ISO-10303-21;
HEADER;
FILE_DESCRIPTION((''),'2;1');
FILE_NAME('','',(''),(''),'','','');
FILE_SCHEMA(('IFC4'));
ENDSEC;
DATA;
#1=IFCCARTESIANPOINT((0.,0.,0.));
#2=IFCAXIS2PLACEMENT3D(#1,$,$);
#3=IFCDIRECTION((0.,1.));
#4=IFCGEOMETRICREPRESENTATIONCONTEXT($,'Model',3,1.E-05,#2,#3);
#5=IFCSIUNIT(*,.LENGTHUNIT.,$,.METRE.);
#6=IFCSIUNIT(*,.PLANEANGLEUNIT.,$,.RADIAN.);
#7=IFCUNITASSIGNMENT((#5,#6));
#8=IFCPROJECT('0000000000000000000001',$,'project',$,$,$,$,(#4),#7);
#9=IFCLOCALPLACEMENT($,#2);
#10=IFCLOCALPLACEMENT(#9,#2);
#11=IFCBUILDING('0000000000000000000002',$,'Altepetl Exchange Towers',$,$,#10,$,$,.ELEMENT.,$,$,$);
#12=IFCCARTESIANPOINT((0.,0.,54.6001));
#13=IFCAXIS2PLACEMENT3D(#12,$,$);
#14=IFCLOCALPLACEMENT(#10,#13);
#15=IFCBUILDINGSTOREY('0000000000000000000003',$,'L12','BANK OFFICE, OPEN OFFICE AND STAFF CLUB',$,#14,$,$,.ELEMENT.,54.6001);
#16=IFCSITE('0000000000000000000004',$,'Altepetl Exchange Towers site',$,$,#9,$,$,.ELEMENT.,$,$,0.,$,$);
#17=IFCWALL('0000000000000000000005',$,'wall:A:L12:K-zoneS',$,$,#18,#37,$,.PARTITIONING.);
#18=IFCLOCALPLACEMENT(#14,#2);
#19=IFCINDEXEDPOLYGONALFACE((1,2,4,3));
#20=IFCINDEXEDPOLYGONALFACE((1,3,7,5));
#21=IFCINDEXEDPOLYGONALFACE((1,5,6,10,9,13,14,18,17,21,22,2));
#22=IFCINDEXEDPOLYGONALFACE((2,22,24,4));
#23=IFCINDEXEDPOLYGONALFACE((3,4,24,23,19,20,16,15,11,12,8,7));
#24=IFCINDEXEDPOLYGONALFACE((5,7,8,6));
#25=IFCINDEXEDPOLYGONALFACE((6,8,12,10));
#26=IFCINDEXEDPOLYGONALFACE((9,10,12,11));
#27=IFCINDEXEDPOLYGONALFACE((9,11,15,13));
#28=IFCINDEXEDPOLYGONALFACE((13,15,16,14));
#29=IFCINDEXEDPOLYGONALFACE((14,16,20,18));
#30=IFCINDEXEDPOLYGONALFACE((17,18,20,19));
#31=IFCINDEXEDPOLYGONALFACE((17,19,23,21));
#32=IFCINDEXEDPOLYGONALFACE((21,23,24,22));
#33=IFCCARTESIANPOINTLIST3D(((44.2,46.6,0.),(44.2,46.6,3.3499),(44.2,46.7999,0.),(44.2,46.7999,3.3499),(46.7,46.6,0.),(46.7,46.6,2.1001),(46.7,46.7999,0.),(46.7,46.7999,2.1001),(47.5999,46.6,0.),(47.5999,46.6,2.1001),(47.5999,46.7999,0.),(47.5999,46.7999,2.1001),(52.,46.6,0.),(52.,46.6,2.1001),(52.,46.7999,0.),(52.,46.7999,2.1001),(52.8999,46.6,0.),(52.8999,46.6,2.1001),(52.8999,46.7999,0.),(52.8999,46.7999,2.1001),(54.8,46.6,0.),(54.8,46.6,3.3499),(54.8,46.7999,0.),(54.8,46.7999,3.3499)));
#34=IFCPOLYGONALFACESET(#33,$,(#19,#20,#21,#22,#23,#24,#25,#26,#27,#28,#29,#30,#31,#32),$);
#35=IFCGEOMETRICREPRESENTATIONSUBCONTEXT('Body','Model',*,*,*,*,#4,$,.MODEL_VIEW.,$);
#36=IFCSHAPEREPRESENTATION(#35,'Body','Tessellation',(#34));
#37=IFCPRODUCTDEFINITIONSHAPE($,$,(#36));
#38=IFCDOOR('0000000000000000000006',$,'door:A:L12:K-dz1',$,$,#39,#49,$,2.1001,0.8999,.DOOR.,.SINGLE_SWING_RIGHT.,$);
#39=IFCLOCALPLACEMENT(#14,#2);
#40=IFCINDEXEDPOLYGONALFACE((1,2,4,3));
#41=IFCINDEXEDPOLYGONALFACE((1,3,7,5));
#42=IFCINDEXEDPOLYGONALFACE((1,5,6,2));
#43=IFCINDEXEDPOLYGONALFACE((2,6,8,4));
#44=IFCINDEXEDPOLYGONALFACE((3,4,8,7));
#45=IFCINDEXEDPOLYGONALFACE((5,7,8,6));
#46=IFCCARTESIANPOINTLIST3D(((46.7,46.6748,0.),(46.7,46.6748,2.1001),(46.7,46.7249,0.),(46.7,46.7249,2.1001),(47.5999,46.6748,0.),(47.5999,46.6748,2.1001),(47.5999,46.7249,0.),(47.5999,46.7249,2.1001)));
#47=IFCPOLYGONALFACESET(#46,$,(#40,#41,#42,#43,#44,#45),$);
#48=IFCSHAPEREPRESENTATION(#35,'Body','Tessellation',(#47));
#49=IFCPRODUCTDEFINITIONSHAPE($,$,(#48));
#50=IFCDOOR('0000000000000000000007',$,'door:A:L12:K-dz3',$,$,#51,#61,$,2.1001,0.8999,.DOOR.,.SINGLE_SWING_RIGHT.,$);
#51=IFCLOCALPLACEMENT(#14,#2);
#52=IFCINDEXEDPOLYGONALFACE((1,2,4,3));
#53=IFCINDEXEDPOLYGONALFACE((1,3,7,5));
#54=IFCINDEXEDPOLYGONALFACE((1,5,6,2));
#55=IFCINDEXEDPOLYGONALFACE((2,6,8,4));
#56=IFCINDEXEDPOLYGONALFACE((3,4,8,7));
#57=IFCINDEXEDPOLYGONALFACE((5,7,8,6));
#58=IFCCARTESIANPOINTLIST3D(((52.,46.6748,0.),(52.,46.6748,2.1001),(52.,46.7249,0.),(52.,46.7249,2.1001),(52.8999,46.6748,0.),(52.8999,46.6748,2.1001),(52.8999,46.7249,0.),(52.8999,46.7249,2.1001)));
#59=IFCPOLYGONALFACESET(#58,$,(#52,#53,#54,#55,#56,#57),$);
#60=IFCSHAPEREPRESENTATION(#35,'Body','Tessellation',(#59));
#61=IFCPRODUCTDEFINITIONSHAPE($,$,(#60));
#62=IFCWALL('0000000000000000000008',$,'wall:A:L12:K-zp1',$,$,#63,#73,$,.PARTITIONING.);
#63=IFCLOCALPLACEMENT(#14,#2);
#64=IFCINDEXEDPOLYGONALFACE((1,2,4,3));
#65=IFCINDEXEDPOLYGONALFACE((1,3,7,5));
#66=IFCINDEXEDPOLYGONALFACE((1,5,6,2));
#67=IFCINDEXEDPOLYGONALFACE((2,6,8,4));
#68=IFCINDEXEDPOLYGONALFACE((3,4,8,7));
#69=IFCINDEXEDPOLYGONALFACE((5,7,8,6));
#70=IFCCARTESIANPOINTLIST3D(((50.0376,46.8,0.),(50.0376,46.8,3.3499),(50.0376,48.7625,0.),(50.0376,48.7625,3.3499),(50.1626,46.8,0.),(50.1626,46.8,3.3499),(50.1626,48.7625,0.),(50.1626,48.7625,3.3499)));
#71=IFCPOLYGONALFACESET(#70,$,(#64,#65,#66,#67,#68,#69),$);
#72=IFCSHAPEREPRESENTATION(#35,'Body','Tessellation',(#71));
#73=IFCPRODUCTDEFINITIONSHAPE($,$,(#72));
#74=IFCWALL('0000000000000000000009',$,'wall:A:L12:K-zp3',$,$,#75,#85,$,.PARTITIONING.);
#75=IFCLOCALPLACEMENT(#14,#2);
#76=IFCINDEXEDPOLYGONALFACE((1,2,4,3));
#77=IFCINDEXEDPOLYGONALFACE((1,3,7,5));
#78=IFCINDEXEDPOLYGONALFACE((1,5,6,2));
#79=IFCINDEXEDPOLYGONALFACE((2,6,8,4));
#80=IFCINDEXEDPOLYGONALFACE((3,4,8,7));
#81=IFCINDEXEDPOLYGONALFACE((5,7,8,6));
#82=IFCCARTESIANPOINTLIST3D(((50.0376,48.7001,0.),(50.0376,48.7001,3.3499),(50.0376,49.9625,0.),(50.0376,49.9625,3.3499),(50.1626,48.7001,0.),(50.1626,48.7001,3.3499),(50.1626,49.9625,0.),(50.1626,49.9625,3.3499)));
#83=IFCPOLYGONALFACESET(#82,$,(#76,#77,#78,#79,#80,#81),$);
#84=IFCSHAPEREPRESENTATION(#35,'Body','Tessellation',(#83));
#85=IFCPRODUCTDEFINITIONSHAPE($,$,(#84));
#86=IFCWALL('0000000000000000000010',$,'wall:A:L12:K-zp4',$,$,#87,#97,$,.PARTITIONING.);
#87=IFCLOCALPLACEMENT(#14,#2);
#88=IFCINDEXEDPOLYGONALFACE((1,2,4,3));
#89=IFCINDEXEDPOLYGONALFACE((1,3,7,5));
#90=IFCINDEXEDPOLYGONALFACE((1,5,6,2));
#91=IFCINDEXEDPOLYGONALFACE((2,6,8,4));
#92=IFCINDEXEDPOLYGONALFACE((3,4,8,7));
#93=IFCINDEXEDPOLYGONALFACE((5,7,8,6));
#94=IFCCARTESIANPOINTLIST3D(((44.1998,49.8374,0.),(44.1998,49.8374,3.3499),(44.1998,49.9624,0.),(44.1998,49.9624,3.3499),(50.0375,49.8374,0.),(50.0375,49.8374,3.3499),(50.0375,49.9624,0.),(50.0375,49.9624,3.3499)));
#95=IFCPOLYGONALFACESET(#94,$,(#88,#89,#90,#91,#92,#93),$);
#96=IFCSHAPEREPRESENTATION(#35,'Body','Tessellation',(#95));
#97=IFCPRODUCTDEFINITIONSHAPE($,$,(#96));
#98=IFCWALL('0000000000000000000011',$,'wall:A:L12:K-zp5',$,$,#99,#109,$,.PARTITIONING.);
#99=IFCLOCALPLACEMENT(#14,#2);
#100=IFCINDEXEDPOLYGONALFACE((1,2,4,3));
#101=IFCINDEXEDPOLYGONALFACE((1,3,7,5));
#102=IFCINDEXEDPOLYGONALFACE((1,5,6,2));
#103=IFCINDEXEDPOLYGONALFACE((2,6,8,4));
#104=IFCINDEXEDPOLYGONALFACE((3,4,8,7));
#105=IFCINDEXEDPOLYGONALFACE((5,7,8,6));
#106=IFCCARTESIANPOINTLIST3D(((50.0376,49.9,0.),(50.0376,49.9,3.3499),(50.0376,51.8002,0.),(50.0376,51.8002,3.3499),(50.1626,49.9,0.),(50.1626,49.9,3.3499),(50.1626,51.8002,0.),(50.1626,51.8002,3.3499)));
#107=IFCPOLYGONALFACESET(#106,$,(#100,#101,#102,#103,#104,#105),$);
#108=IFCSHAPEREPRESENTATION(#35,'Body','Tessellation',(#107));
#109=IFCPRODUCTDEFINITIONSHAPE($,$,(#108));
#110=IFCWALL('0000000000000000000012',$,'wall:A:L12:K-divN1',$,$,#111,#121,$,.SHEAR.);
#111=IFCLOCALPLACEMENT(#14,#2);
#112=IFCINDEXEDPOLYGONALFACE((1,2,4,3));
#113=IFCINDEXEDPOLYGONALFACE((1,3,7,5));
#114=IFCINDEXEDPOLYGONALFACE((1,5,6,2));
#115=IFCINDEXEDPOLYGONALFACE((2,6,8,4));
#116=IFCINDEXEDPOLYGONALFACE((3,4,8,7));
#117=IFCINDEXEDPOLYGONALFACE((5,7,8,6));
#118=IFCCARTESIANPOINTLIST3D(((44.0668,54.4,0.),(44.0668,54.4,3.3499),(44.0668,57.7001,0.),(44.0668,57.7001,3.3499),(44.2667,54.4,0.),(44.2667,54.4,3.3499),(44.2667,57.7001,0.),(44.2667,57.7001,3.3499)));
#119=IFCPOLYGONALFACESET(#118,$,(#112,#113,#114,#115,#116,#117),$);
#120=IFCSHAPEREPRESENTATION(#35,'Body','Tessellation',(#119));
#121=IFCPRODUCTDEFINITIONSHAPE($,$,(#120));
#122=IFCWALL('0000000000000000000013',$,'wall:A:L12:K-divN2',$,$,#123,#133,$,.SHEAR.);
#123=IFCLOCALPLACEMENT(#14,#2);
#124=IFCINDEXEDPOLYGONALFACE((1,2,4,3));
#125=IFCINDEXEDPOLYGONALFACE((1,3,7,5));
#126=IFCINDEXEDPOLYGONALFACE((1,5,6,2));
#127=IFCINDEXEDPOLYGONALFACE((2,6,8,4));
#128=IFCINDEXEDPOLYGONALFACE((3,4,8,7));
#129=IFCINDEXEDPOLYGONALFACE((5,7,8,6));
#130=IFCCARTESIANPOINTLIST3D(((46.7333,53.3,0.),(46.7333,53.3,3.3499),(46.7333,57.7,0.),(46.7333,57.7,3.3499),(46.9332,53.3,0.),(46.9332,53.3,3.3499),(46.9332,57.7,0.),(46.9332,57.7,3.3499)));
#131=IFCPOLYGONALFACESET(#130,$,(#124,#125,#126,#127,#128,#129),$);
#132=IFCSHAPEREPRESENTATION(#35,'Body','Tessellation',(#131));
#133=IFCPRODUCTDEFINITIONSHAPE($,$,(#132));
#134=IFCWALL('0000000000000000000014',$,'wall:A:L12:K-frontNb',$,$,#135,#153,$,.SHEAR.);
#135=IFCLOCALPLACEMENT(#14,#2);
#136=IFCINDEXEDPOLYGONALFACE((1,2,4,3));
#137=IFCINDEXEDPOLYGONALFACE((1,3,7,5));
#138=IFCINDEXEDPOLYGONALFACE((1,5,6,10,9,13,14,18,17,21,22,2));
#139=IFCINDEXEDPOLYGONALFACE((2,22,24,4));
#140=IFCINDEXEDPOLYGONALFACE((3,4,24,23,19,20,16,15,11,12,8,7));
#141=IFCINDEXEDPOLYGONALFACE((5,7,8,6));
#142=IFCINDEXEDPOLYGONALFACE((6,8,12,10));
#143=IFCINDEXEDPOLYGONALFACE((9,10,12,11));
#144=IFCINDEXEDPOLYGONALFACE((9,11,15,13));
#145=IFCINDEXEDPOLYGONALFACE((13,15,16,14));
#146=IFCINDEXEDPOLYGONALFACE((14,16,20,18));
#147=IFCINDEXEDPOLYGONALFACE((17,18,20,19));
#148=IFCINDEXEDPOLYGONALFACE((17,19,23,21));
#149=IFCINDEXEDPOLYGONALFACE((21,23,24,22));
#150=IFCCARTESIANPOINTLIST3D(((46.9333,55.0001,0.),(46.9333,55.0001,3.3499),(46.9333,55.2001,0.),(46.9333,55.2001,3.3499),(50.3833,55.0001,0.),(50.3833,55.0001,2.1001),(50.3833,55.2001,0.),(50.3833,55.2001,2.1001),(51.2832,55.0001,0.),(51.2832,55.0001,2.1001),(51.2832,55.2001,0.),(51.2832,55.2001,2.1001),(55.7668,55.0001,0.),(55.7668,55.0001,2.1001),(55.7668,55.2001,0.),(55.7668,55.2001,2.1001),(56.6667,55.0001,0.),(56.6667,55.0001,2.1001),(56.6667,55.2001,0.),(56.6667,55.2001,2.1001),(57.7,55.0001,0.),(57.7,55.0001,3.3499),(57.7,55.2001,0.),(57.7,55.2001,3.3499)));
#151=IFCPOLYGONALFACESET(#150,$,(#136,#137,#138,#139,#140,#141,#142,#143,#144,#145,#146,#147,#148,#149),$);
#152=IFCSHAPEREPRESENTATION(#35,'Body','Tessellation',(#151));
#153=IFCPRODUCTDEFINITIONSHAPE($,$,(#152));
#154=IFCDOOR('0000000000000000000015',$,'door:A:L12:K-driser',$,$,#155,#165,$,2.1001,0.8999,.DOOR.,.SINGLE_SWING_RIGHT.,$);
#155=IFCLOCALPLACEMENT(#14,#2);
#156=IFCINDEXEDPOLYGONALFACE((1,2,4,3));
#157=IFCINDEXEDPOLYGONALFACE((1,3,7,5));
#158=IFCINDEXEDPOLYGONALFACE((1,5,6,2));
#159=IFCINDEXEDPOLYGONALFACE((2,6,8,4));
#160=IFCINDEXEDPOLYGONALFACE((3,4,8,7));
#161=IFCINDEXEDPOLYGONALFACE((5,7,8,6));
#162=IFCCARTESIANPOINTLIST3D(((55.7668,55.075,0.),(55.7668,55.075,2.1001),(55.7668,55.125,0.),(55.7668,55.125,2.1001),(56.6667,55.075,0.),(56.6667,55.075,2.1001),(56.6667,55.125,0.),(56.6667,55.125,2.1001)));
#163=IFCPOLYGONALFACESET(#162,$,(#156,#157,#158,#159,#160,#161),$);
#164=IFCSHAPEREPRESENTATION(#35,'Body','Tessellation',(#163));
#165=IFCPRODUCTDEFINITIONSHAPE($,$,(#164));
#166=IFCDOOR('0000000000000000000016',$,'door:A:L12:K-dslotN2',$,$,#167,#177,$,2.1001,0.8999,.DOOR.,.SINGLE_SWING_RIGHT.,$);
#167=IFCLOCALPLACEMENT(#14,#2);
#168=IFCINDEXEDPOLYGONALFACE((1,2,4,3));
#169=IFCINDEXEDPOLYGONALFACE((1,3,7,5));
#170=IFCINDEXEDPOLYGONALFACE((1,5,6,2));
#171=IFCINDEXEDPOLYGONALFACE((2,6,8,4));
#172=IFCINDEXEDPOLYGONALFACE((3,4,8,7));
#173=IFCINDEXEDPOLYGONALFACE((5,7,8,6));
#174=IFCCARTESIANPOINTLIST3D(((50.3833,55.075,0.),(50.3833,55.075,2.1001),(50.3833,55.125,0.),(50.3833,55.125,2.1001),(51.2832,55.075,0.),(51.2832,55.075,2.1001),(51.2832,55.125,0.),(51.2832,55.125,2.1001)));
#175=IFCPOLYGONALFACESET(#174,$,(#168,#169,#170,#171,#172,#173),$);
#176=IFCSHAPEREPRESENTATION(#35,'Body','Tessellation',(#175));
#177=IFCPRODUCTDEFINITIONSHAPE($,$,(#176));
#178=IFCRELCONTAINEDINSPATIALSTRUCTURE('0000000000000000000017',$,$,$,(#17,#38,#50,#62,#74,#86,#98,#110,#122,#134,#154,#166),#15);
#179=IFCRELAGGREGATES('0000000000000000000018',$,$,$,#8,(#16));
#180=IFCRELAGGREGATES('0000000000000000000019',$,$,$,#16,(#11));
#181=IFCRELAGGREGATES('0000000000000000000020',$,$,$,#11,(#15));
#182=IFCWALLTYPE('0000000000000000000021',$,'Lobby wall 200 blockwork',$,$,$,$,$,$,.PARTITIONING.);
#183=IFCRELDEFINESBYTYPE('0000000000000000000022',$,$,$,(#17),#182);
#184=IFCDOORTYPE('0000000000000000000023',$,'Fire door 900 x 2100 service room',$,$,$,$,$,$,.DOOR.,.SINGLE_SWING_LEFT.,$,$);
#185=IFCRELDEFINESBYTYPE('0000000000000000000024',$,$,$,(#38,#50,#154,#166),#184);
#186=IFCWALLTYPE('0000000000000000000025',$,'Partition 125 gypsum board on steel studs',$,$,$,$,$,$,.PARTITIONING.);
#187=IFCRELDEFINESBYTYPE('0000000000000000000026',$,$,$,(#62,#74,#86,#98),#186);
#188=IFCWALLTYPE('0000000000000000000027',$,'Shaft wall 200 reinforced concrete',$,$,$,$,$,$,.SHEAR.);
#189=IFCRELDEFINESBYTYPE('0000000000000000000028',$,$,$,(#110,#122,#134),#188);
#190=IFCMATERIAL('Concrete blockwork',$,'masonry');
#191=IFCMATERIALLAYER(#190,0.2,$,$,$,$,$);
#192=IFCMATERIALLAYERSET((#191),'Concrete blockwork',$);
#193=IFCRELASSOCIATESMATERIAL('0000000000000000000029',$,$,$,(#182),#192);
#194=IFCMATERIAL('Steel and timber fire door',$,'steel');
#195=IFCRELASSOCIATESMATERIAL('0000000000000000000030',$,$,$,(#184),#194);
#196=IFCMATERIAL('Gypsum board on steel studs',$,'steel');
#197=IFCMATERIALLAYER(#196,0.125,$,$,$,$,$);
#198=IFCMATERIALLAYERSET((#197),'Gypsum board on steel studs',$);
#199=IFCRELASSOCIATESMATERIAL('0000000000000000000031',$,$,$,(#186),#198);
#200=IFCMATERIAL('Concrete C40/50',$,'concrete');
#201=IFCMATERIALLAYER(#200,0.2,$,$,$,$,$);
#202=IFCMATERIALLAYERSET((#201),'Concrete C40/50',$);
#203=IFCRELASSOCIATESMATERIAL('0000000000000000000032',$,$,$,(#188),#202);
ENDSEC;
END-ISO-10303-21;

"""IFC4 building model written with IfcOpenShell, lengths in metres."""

from ifc_helpers import new_model, si_unit, direction, frame, frame_2d, origin, place, context, subcontext, project, spatial, rectangle, extrude, material, layer, layer_set, type_object, element, fill, save


model = new_model("IFC4")

# Units and contexts
model_context = context("Model", 3, precision=1e-05, world=origin(), true_north=direction((0.0, 1.0)))
body_context = subcontext(model_context, "Body", "Model", "MODEL_VIEW")
ifc_project = project(units=[si_unit("LENGTHUNIT", "METRE"), si_unit("PLANEANGLEUNIT", "RADIAN")], contexts=[model_context])

# Site, building, storey
site_placement = place(None, origin())
site = spatial("IfcSite", under=ifc_project, at=site_placement, Name="Altepetl Exchange Towers site", CompositionType="ELEMENT", RefElevation=0.0)
building_placement = place(site_placement, origin())
building = spatial("IfcBuilding", under=site, at=building_placement, Name="Altepetl Exchange Towers", CompositionType="ELEMENT")
storey_placement = place(building_placement, frame((0.0, 0.0, 54.6001)))
storey = spatial("IfcBuildingStorey", under=building, at=storey_placement, Name="L12", Description="BANK OFFICE, OPEN OFFICE AND STAFF CLUB", CompositionType="ELEMENT", Elevation=54.6001)

# Shared definitions
ifc_material_1 = material(Name="Concrete blockwork", Category="masonry")
ifc_layer_1 = layer(ifc_material_1, 0.2)
ifc_layer_set_1 = layer_set([ifc_layer_1], Name="Concrete blockwork")
wall_type_1 = type_object("IfcWallType", Name="Lobby wall 200 blockwork", PredefinedType="PARTITIONING", material=ifc_layer_set_1)

# Shared definitions
ifc_material_2 = material(Name="Steel and timber fire door", Category="steel")

# Wall, openings, doors
door_type_1 = type_object("IfcDoorType", Name="Fire door 900 x 2100 service room", OperationType="SINGLE_SWING_LEFT", PredefinedType="DOOR", material=ifc_material_2)
wall_1_placement = place(storey_placement, frame((44.2, 46.7, 0.0)))
wall_1 = element("IfcWall", 1, at=wall_1_placement, inside=storey, type_object=wall_type_1, Name="wall:A:L12:K-zoneS", PredefinedType="PARTITIONING", context=body_context, shape_type="SweptSolid", body=[
    extrude(rectangle(XDim=10.6001, YDim=0.2, at=frame_2d((5.3, 0.0))), origin(), (0.0, 0.0, 1.0), 3.3499),
])
opening_1_placement = place(wall_1_placement, frame((2.5, 0.0, 0.0)))
opening_1 = element("IfcOpeningElement", 2, at=opening_1_placement, cuts=wall_1, PredefinedType="OPENING", context=body_context, shape_type="SweptSolid", body=[
    extrude(rectangle(XDim=0.8999, YDim=2.1001, at=frame_2d((0.45, 1.05))), frame((0.0, 0.1099, 0.0), z_axis=(0.0, -1.0, 0.0), x_axis=(1.0, 0.0, 0.0)), (0.0, 0.0, 1.0), 0.22),
])
opening_2_placement = place(wall_1_placement, frame((7.8, 0.0, 0.0)))
opening_2 = element("IfcOpeningElement", 3, at=opening_2_placement, cuts=wall_1, PredefinedType="OPENING", context=body_context, shape_type="SweptSolid", body=[
    extrude(rectangle(XDim=0.8999, YDim=2.1001, at=frame_2d((0.45, 1.05))), frame((0.0, 0.1099, 0.0), z_axis=(0.0, -1.0, 0.0), x_axis=(1.0, 0.0, 0.0)), (0.0, 0.0, 1.0), 0.22),
])
door_1_placement = place(opening_1_placement, origin())
door_1 = element("IfcDoor", 4, at=door_1_placement, inside=storey, type_object=door_type_1, Name="door:A:L12:K-dz1", OperationType="SINGLE_SWING_RIGHT", OverallHeight=2.1001, OverallWidth=0.8999, PredefinedType="DOOR", context=body_context, shape_type="SweptSolid", body=[
    extrude(rectangle(XDim=0.8999, YDim=2.1001, at=frame_2d((0.45, 1.05))), frame((0.0, 0.0249, 0.0), z_axis=(0.0, -1.0, 0.0), x_axis=(1.0, 0.0, 0.0)), (0.0, 0.0, 1.0), 0.05),
])
fill(opening_1, door_1)
door_2_placement = place(opening_2_placement, origin())
door_2 = element("IfcDoor", 5, at=door_2_placement, inside=storey, type_object=door_type_1, Name="door:A:L12:K-dz3", OperationType="SINGLE_SWING_RIGHT", OverallHeight=2.1001, OverallWidth=0.8999, PredefinedType="DOOR", context=body_context, shape_type="SweptSolid", body=[
    extrude(rectangle(XDim=0.8999, YDim=2.1001, at=frame_2d((0.45, 1.05))), frame((0.0, 0.0249, 0.0), z_axis=(0.0, -1.0, 0.0), x_axis=(1.0, 0.0, 0.0)), (0.0, 0.0, 1.0), 0.05),
])
fill(opening_2, door_2)

# Walls
ifc_material_3 = material(Name="Gypsum board on steel studs", Category="steel")
ifc_layer_2 = layer(ifc_material_3, 0.125)
ifc_layer_set_2 = layer_set([ifc_layer_2], Name="Gypsum board on steel studs")
wall_type_2 = type_object("IfcWallType", Name="Partition 125 gypsum board on steel studs", PredefinedType="PARTITIONING", material=ifc_layer_set_2)
wall_2_placement = place(storey_placement, frame((50.1001, 46.8, 0.0), z_axis=(0.0, 0.0, 1.0), x_axis=(0.0, 1.0, 0.0)))
element("IfcWall", 6, at=wall_2_placement, inside=storey, type_object=wall_type_2, Name="wall:A:L12:K-zp1", PredefinedType="PARTITIONING", context=body_context, shape_type="SweptSolid", body=[
    extrude(rectangle(XDim=1.9624, YDim=0.125, at=frame_2d((0.9812, 0.0))), origin(), (0.0, 0.0, 1.0), 3.3499),
])
wall_3_placement = place(storey_placement, frame((50.1001, 48.7, 0.0), z_axis=(0.0, 0.0, 1.0), x_axis=(0.0, 1.0, 0.0)))
element("IfcWall", 7, at=wall_3_placement, inside=storey, type_object=wall_type_2, Name="wall:A:L12:K-zp3", PredefinedType="PARTITIONING", context=body_context, shape_type="SweptSolid", body=[
    extrude(rectangle(XDim=1.2625, YDim=0.125, at=frame_2d((0.6313, 0.0))), origin(), (0.0, 0.0, 1.0), 3.3499),
])
wall_4_placement = place(storey_placement, frame((50.0376, 49.8999, 0.0), z_axis=(0.0, 0.0, 1.0), x_axis=(-1.0, 0.0, 0.0)))
element("IfcWall", 8, at=wall_4_placement, inside=storey, type_object=wall_type_2, Name="wall:A:L12:K-zp4", PredefinedType="PARTITIONING", context=body_context, shape_type="SweptSolid", body=[
    extrude(rectangle(XDim=5.8376, YDim=0.125, at=frame_2d((2.9189, 0.0))), origin(), (0.0, 0.0, 1.0), 3.3499),
])
wall_5_placement = place(storey_placement, frame((50.1001, 49.8999, 0.0), z_axis=(0.0, 0.0, 1.0), x_axis=(0.0, 1.0, 0.0)))
element("IfcWall", 9, at=wall_5_placement, inside=storey, type_object=wall_type_2, Name="wall:A:L12:K-zp5", PredefinedType="PARTITIONING", context=body_context, shape_type="SweptSolid", body=[
    extrude(rectangle(XDim=1.9001, YDim=0.125, at=frame_2d((0.9502, 0.0))), origin(), (0.0, 0.0, 1.0), 3.3499),
])
ifc_material_4 = material(Name="Concrete C40/50", Category="concrete")
ifc_layer_3 = layer(ifc_material_4, 0.2)
ifc_layer_set_3 = layer_set([ifc_layer_3], Name="Concrete C40/50")
wall_type_3 = type_object("IfcWallType", Name="Shaft wall 200 reinforced concrete", PredefinedType="SHEAR", material=ifc_layer_set_3)
wall_6_placement = place(storey_placement, frame((44.1667, 57.7, 0.0), z_axis=(0.0, 0.0, 1.0), x_axis=(0.0, -1.0, 0.0)))
element("IfcWall", 10, at=wall_6_placement, inside=storey, type_object=wall_type_3, Name="wall:A:L12:K-divN1", PredefinedType="SHEAR", context=body_context, shape_type="SweptSolid", body=[
    extrude(rectangle(XDim=3.3, YDim=0.2, at=frame_2d((1.6499, 0.0))), origin(), (0.0, 0.0, 1.0), 3.3499),
])
wall_7_placement = place(storey_placement, frame((46.8333, 57.7, 0.0), z_axis=(0.0, 0.0, 1.0), x_axis=(0.0, -1.0, 0.0)))
element("IfcWall", 11, at=wall_7_placement, inside=storey, type_object=wall_type_3, Name="wall:A:L12:K-divN2", PredefinedType="SHEAR", context=body_context, shape_type="SweptSolid", body=[
    extrude(rectangle(XDim=4.3999, YDim=0.2, at=frame_2d((2.2, 0.0))), origin(), (0.0, 0.0, 1.0), 3.3499),
])

# Wall, openings, doors
wall_8_placement = place(storey_placement, frame((46.9333, 55.1001, 0.0)))
wall_8 = element("IfcWall", 12, at=wall_8_placement, inside=storey, type_object=wall_type_3, Name="wall:A:L12:K-frontNb", PredefinedType="SHEAR", context=body_context, shape_type="SweptSolid", body=[
    extrude(rectangle(XDim=10.7666, YDim=0.2, at=frame_2d((5.3833, 0.0))), origin(), (0.0, 0.0, 1.0), 3.3499),
])
opening_3_placement = place(wall_8_placement, frame((8.8335, 0.0, 0.0)))
opening_3 = element("IfcOpeningElement", 13, at=opening_3_placement, cuts=wall_8, PredefinedType="OPENING", context=body_context, shape_type="SweptSolid", body=[
    extrude(rectangle(XDim=0.8999, YDim=2.1001, at=frame_2d((0.45, 1.05))), frame((0.0, 0.1099, 0.0), z_axis=(0.0, -1.0, 0.0), x_axis=(1.0, 0.0, 0.0)), (0.0, 0.0, 1.0), 0.22),
])
opening_4_placement = place(wall_8_placement, frame((3.45, 0.0, 0.0)))
opening_4 = element("IfcOpeningElement", 14, at=opening_4_placement, cuts=wall_8, PredefinedType="OPENING", context=body_context, shape_type="SweptSolid", body=[
    extrude(rectangle(XDim=0.8999, YDim=2.1001, at=frame_2d((0.45, 1.05))), frame((0.0, 0.1099, 0.0), z_axis=(0.0, -1.0, 0.0), x_axis=(1.0, 0.0, 0.0)), (0.0, 0.0, 1.0), 0.22),
])
door_3_placement = place(opening_3_placement, origin())
door_3 = element("IfcDoor", 15, at=door_3_placement, inside=storey, type_object=door_type_1, Name="door:A:L12:K-driser", OperationType="SINGLE_SWING_RIGHT", OverallHeight=2.1001, OverallWidth=0.8999, PredefinedType="DOOR", context=body_context, shape_type="SweptSolid", body=[
    extrude(rectangle(XDim=0.8999, YDim=2.1001, at=frame_2d((0.45, 1.05))), frame((0.0, 0.0249, 0.0), z_axis=(0.0, -1.0, 0.0), x_axis=(1.0, 0.0, 0.0)), (0.0, 0.0, 1.0), 0.05),
])
fill(opening_3, door_3)
door_4_placement = place(opening_4_placement, origin())
door_4 = element("IfcDoor", 16, at=door_4_placement, inside=storey, type_object=door_type_1, Name="door:A:L12:K-dslotN2", OperationType="SINGLE_SWING_RIGHT", OverallHeight=2.1001, OverallWidth=0.8999, PredefinedType="DOOR", context=body_context, shape_type="SweptSolid", body=[
    extrude(rectangle(XDim=0.8999, YDim=2.1001, at=frame_2d((0.45, 1.05))), frame((0.0, 0.0249, 0.0), z_axis=(0.0, -1.0, 0.0), x_axis=(1.0, 0.0, 0.0)), (0.0, 0.0, 1.0), 0.05),
])
fill(opening_4, door_4)

save(model, "model.ifc")
